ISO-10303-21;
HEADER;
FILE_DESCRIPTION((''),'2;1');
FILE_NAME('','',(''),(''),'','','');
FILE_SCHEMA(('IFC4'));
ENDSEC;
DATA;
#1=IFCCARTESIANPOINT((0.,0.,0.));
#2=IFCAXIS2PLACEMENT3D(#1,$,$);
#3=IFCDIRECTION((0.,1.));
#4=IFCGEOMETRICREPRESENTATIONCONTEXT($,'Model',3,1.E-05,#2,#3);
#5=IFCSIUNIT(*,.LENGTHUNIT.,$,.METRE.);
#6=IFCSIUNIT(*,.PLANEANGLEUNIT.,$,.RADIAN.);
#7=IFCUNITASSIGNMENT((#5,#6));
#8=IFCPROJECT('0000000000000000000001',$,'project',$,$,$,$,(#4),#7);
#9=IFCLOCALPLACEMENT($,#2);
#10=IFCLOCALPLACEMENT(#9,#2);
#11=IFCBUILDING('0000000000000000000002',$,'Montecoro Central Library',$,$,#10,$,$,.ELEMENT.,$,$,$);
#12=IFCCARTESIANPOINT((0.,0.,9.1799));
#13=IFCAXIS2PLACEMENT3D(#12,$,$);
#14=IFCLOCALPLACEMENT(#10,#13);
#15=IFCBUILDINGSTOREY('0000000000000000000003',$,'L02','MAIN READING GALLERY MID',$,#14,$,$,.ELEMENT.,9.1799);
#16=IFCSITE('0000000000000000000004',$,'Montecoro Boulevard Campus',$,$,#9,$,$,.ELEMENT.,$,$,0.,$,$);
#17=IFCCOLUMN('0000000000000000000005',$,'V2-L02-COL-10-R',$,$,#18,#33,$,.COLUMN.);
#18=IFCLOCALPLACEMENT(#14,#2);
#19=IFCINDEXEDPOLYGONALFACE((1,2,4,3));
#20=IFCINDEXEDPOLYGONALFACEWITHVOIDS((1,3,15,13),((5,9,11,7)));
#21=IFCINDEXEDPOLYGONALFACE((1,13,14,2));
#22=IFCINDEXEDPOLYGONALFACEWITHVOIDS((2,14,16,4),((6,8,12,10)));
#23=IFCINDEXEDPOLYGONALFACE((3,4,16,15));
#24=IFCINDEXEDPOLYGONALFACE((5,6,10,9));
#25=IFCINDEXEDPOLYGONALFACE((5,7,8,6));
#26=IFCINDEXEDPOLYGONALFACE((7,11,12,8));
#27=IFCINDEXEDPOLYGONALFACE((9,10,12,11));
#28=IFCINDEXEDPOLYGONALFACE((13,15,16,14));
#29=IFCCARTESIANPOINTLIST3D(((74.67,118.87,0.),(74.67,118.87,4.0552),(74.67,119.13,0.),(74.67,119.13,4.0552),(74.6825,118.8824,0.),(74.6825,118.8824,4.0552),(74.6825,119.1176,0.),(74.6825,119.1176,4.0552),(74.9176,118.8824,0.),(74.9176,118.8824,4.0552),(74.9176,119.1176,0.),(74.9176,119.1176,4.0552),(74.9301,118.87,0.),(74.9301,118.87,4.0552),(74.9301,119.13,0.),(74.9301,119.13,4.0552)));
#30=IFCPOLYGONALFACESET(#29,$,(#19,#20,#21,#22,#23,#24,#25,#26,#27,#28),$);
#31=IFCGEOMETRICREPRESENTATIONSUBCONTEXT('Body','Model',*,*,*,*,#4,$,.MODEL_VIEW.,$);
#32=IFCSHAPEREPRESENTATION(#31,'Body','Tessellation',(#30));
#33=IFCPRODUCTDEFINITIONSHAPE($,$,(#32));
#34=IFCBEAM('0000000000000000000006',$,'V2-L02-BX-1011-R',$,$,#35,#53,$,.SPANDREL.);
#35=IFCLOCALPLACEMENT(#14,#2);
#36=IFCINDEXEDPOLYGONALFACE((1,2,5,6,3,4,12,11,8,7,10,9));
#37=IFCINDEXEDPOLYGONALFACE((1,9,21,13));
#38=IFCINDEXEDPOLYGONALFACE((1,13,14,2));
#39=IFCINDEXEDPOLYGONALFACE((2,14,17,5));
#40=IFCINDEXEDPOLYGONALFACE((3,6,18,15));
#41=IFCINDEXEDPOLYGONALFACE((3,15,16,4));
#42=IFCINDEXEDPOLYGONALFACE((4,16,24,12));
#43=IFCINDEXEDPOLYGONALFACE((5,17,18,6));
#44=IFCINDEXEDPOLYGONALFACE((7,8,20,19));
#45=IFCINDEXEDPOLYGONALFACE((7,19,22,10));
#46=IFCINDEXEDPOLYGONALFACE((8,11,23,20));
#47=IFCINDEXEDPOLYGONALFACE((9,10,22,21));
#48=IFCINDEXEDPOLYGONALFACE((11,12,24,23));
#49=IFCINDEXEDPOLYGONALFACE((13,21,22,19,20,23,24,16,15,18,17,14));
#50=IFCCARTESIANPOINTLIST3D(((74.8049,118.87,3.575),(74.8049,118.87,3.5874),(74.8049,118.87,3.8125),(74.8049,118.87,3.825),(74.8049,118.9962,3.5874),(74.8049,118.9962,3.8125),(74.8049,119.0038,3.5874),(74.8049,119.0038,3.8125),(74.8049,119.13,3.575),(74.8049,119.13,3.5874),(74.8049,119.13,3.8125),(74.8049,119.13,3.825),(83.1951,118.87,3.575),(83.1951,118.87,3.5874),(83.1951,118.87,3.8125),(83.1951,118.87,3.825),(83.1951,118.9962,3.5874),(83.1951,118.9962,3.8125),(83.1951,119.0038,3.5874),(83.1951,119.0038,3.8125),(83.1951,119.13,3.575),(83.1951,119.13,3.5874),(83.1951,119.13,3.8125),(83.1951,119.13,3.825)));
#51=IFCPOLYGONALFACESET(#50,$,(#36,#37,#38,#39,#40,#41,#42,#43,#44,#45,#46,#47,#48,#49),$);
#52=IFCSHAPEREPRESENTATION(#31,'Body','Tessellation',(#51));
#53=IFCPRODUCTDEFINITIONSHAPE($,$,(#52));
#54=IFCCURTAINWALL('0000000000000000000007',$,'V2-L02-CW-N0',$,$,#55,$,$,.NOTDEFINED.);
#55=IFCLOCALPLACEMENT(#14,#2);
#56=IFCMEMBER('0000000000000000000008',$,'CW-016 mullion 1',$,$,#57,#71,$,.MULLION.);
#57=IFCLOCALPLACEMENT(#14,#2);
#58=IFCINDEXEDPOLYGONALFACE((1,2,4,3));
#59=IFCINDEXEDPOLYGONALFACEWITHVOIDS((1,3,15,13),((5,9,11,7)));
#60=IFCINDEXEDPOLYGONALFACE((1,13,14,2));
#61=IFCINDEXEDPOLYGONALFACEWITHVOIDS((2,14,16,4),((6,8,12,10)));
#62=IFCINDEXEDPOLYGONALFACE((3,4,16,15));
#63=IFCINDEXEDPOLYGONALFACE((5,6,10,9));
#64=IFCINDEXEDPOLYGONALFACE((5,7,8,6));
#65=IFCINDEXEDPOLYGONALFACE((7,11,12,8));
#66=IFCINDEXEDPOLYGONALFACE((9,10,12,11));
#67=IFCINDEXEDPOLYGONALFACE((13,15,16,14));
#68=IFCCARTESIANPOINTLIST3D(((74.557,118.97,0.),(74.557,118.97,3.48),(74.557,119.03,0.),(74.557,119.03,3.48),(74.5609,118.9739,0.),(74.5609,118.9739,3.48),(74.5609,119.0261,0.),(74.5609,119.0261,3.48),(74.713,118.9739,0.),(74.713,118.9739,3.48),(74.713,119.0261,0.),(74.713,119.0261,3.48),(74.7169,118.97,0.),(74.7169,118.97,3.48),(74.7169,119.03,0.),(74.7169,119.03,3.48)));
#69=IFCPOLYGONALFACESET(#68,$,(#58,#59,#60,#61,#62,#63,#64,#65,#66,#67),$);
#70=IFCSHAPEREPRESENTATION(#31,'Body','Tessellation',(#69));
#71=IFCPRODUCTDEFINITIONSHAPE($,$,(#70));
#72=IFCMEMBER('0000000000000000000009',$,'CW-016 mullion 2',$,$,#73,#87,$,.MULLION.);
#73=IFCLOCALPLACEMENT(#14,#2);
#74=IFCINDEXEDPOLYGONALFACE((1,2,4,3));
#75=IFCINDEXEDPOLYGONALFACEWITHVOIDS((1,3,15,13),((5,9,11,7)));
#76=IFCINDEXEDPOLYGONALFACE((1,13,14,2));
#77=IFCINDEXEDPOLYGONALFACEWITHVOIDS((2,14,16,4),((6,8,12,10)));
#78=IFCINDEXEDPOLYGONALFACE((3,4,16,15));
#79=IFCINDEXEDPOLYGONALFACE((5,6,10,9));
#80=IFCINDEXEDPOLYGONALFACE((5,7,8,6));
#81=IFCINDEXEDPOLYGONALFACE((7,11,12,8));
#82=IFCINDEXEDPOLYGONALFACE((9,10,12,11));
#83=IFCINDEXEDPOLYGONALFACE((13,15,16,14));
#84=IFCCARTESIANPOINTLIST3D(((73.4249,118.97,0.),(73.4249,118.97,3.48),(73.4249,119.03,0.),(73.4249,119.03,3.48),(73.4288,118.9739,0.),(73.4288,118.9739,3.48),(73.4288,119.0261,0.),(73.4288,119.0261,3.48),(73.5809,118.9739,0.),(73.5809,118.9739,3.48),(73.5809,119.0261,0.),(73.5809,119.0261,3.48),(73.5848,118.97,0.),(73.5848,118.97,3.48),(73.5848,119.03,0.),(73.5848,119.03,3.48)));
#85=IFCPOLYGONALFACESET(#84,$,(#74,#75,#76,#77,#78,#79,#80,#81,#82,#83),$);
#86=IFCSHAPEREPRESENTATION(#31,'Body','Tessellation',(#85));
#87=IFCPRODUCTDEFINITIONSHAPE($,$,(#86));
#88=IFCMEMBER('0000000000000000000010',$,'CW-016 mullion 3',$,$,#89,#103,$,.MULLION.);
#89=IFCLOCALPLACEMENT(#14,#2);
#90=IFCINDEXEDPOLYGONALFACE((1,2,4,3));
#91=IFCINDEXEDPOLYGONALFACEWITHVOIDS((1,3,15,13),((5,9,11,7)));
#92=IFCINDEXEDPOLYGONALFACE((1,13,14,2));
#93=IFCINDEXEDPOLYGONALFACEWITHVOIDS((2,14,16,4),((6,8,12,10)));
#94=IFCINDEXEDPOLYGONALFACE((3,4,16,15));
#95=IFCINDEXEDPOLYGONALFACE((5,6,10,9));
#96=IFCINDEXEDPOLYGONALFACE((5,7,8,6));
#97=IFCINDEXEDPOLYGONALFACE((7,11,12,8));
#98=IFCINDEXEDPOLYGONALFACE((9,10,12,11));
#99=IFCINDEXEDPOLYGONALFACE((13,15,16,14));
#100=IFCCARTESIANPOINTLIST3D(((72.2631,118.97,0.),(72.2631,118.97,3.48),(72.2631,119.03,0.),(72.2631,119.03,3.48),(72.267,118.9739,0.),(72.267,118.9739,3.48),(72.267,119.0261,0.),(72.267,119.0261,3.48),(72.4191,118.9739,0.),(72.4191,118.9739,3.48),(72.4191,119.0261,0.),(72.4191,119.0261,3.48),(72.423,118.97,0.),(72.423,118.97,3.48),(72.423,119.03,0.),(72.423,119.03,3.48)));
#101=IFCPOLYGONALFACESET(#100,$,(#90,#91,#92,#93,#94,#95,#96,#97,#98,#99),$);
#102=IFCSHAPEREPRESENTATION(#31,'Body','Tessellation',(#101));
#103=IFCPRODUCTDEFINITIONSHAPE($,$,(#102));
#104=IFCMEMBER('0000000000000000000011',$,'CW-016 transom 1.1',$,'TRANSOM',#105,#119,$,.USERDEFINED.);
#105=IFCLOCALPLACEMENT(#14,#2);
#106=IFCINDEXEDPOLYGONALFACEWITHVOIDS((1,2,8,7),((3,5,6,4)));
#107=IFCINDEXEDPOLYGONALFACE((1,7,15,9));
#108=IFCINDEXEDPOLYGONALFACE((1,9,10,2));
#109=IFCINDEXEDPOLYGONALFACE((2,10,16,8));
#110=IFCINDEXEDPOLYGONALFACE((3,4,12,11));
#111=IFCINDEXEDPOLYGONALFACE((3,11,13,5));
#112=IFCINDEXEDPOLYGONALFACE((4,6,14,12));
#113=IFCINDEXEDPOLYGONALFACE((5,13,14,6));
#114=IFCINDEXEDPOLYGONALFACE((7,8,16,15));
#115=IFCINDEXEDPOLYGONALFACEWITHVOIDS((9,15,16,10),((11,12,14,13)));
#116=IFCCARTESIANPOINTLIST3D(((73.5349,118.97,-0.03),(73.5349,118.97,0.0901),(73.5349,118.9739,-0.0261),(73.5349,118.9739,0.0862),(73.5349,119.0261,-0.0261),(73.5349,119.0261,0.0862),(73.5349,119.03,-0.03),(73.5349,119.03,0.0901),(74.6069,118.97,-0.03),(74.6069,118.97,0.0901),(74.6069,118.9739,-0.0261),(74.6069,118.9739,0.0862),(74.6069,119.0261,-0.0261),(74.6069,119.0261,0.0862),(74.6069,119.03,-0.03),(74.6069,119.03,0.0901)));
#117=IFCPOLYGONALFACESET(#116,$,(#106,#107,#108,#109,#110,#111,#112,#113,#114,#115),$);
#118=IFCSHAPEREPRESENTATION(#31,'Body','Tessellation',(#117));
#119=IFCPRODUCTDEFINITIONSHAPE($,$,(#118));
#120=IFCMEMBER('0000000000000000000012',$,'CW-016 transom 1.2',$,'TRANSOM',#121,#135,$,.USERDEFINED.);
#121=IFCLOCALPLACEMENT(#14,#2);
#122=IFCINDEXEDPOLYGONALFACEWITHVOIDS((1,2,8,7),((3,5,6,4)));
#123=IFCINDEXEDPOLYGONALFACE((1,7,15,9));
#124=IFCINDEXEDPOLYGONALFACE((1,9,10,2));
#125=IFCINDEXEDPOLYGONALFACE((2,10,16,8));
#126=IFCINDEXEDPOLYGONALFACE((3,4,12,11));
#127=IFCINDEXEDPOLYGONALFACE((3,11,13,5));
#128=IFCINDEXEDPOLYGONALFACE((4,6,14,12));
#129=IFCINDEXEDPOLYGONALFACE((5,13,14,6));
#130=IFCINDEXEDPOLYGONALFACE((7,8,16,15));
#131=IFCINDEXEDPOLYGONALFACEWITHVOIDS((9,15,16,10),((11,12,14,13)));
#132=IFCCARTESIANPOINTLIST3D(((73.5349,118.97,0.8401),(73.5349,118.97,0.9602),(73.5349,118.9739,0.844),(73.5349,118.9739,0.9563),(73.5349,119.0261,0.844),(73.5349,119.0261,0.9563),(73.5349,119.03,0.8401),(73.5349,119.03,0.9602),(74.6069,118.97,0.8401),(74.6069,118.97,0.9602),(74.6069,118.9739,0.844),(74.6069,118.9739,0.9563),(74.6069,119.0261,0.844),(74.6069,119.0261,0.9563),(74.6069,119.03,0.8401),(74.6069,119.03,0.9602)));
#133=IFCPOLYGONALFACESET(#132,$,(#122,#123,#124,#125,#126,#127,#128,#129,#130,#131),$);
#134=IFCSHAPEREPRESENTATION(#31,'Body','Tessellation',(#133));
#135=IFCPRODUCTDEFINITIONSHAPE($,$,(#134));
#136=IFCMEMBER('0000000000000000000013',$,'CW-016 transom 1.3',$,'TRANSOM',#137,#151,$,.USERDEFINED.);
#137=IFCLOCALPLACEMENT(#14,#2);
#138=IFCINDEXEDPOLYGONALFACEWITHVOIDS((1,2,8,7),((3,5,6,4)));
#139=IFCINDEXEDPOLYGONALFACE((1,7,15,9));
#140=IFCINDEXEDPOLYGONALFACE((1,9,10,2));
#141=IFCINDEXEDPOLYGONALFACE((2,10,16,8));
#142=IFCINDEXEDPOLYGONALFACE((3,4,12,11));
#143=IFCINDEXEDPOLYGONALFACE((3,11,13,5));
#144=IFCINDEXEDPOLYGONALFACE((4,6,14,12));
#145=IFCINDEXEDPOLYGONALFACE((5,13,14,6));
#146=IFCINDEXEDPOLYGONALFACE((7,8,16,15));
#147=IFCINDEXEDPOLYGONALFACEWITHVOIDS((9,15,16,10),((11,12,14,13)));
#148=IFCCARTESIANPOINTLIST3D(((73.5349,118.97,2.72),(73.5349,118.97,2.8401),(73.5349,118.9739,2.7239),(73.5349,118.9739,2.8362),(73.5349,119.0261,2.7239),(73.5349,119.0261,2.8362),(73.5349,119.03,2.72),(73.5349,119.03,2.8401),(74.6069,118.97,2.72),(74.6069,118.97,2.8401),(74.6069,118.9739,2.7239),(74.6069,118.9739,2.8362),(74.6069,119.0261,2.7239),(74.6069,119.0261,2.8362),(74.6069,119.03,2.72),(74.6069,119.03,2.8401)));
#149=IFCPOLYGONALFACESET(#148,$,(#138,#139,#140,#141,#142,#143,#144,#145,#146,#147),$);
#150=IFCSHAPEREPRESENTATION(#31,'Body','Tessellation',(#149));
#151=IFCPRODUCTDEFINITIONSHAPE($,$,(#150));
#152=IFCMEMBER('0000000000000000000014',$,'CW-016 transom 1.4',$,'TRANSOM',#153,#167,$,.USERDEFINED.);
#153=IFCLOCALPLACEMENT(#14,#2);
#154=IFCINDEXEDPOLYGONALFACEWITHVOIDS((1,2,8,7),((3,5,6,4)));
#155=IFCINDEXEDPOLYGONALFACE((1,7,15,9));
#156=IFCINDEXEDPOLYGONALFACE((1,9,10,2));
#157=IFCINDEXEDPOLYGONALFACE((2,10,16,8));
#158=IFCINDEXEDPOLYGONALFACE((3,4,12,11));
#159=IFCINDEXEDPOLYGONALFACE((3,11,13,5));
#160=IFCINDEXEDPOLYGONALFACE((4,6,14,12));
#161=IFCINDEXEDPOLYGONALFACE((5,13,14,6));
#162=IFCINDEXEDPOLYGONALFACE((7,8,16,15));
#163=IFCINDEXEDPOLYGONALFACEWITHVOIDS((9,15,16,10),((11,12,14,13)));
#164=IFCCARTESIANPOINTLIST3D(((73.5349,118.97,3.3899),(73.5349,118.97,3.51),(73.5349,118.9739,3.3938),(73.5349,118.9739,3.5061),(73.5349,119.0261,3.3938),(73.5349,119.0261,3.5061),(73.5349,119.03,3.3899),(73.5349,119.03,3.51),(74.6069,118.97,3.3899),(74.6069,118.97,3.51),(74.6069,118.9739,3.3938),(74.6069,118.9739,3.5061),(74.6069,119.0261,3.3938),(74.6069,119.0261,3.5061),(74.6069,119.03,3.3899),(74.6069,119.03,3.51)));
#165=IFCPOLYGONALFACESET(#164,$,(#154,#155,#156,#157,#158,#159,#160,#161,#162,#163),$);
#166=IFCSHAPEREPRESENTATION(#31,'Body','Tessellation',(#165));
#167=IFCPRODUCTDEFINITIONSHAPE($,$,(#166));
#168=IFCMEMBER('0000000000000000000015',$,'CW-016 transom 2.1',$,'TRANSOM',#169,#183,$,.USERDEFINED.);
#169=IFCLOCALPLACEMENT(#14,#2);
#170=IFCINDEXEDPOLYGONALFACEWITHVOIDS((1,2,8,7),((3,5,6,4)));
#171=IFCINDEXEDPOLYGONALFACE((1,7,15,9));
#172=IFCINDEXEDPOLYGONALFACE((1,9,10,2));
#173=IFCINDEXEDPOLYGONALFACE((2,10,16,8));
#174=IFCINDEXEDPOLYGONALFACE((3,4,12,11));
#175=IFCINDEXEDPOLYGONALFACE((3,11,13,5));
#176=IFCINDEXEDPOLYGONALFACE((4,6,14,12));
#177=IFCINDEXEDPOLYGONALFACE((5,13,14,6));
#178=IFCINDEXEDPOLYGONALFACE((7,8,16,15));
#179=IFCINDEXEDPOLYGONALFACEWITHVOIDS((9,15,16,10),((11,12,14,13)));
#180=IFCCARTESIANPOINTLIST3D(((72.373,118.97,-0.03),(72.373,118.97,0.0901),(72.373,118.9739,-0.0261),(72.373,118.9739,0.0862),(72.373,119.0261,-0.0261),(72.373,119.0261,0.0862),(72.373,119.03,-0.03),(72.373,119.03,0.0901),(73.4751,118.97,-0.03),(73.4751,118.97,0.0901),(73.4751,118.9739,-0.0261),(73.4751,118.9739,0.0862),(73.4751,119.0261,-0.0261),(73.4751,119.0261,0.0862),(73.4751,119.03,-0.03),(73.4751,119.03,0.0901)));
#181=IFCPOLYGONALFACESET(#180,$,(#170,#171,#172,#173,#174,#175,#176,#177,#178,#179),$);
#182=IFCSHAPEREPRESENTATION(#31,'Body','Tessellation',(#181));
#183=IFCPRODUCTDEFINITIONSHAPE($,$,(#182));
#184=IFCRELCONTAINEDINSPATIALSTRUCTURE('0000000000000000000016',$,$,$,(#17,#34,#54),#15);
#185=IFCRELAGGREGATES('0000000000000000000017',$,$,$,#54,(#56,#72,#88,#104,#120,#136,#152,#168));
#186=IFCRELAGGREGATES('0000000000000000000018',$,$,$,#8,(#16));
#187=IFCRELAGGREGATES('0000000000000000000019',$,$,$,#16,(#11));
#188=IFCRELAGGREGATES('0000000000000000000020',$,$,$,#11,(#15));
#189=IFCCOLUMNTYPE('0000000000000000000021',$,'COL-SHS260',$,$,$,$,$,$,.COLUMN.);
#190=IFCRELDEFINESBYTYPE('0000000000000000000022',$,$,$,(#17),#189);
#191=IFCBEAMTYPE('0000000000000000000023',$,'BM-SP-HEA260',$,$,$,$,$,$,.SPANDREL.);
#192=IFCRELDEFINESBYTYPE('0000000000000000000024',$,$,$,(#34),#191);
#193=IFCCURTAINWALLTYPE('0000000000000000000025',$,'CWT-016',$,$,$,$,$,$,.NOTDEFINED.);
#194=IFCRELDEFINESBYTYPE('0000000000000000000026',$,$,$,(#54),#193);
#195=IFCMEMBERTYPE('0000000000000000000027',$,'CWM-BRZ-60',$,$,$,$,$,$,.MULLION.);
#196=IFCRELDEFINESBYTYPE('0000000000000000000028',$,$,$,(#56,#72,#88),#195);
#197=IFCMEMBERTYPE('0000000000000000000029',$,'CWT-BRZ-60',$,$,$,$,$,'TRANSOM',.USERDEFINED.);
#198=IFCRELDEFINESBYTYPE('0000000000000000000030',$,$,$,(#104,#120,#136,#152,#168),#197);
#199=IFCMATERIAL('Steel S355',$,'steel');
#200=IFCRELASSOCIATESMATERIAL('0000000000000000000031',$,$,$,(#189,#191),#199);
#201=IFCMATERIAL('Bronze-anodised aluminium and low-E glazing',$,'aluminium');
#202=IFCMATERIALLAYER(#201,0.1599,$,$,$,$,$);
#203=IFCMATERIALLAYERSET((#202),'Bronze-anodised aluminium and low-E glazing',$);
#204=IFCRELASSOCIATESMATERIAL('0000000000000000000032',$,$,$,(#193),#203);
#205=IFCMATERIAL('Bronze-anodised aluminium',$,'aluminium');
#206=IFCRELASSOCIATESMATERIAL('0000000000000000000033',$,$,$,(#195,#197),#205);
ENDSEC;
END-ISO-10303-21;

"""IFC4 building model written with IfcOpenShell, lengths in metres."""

from ifc_helpers import new_model, si_unit, direction, frame, origin, origin_2d, place, context, subcontext, project, spatial, hollow_rectangle, i_section, extrude, material, layer, layer_set, material_profile, profile_set, type_object, element, aggregate, save


model = new_model("IFC4")

# Units and contexts
model_context = context("Model", 3, precision=1e-05, world=origin(), true_north=direction((0.0, 1.0)))
body_context = subcontext(model_context, "Body", "Model", "MODEL_VIEW")
ifc_project = project(units=[si_unit("LENGTHUNIT", "METRE"), si_unit("PLANEANGLEUNIT", "RADIAN")], contexts=[model_context])

# Site, building, storey
site_placement = place(None, origin())
site = spatial("IfcSite", under=ifc_project, at=site_placement, Name="Montecoro Boulevard Campus", CompositionType="ELEMENT", RefElevation=0.0)
building_placement = place(site_placement, origin())
building = spatial("IfcBuilding", under=site, at=building_placement, Name="Montecoro Central Library", CompositionType="ELEMENT")
storey_placement = place(building_placement, frame((0.0, 0.0, 9.1799)))
storey = spatial("IfcBuildingStorey", under=building, at=storey_placement, Name="L02", Description="MAIN READING GALLERY MID", CompositionType="ELEMENT", Elevation=9.1799)

# Column
ifc_material_1 = material(Name="Steel S355", Category="steel")
ifc_material_profile_1 = material_profile(ifc_material_1, hollow_rectangle(XDim=0.26, YDim=0.26, WallThickness=0.0125, at=origin_2d()), Name="SHS 260x260x12.5")
ifc_profile_set_1 = profile_set([ifc_material_profile_1], Name="Steel S355")
column_type = type_object("IfcColumnType", Name="COL-SHS260", PredefinedType="COLUMN", material=ifc_profile_set_1)
column_placement = place(storey_placement, frame((74.8, 119.0, 0.0), z_axis=(0.0, 0.0, 1.0), x_axis=(1.0, 0.0, 0.0)))
element("IfcColumn", 1, at=column_placement, inside=storey, type_object=column_type, Name="V2-L02-COL-10-R", PredefinedType="COLUMN", context=body_context, shape_type="SweptSolid", body=[
    extrude(hollow_rectangle(XDim=0.26, YDim=0.26, WallThickness=0.0125, at=origin_2d()), origin(), (0.0, 0.0, 1.0), 4.0552),
])

# Beam
ifc_material_profile_2 = material_profile(ifc_material_1, i_section(OverallWidth=0.26, OverallDepth=0.25, WebThickness=0.0076, FlangeThickness=0.0125, at=origin_2d()), Name="HEA 260")
ifc_profile_set_2 = profile_set([ifc_material_profile_2], Name="Steel S355")
beam_type = type_object("IfcBeamType", Name="BM-SP-HEA260", PredefinedType="SPANDREL", material=ifc_profile_set_2)
beam_placement = place(storey_placement, frame((74.8049, 119.0, 3.7), z_axis=(1.0, 0.0, 0.0), x_axis=(0.0, 1.0, 0.0)))
element("IfcBeam", 2, at=beam_placement, inside=storey, type_object=beam_type, Name="V2-L02-BX-1011-R", PredefinedType="SPANDREL", context=body_context, shape_type="SweptSolid", body=[
    extrude(i_section(OverallWidth=0.26, OverallDepth=0.25, WebThickness=0.0076, FlangeThickness=0.0125, at=origin_2d()), origin(), (0.0, 0.0, 1.0), 8.3901),
])

# Curtain wall, members
ifc_material_2 = material(Name="Bronze-anodised aluminium and low-E glazing", Category="aluminium")
ifc_layer_1 = layer(ifc_material_2, 0.1599)
ifc_layer_set_1 = layer_set([ifc_layer_1], Name="Bronze-anodised aluminium and low-E glazing")
curtain_wall_type = type_object("IfcCurtainWallType", Name="CWT-016", PredefinedType="NOTDEFINED", material=ifc_layer_set_1)
curtain_wall_placement = place(storey_placement, origin())
curtain_wall = element("IfcCurtainWall", 3, at=curtain_wall_placement, inside=storey, type_object=curtain_wall_type, Name="V2-L02-CW-N0", PredefinedType="NOTDEFINED")
ifc_material_3 = material(Name="Bronze-anodised aluminium", Category="aluminium")
ifc_material_profile_3 = material_profile(ifc_material_3, hollow_rectangle(XDim=0.0601, YDim=0.1599, WallThickness=0.0039, at=origin_2d()), Name="CWM 160x60x4.0")
ifc_profile_set_3 = profile_set([ifc_material_profile_3], Name="Bronze-anodised aluminium")
member_type_1 = type_object("IfcMemberType", Name="CWM-BRZ-60", PredefinedType="MULLION", material=ifc_profile_set_3)
member_1_placement = place(storey_placement, frame((74.637, 119.0, 0.0), z_axis=(0.0, 0.0, 1.0), x_axis=(0.0, -1.0, 0.0)))
member_1 = element("IfcMember", 4, at=member_1_placement, type_object=member_type_1, Name="CW-016 mullion 1", PredefinedType="MULLION", context=body_context, shape_type="SweptSolid", body=[
    extrude(hollow_rectangle(XDim=0.0601, YDim=0.1599, WallThickness=0.0039, at=origin_2d()), origin(), (0.0, 0.0, 1.0), 3.48),
])
member_2_placement = place(storey_placement, frame((73.5049, 119.0, 0.0), z_axis=(0.0, 0.0, 1.0), x_axis=(0.0, -1.0, 0.0)))
member_2 = element("IfcMember", 5, at=member_2_placement, type_object=member_type_1, Name="CW-016 mullion 2", PredefinedType="MULLION", context=body_context, shape_type="SweptSolid", body=[
    extrude(hollow_rectangle(XDim=0.0601, YDim=0.1599, WallThickness=0.0039, at=origin_2d()), origin(), (0.0, 0.0, 1.0), 3.48),
])
member_3_placement = place(storey_placement, frame((72.343, 119.0, 0.0), z_axis=(0.0, 0.0, 1.0), x_axis=(0.0, -1.0, 0.0)))
member_3 = element("IfcMember", 6, at=member_3_placement, type_object=member_type_1, Name="CW-016 mullion 3", PredefinedType="MULLION", context=body_context, shape_type="SweptSolid", body=[
    extrude(hollow_rectangle(XDim=0.0601, YDim=0.1599, WallThickness=0.0039, at=origin_2d()), origin(), (0.0, 0.0, 1.0), 3.48),
])
ifc_material_profile_4 = material_profile(ifc_material_3, hollow_rectangle(XDim=0.0601, YDim=0.1201, WallThickness=0.0039, at=origin_2d()), Name="CWT 120x60x4.0")
ifc_profile_set_4 = profile_set([ifc_material_profile_4], Name="Bronze-anodised aluminium")
member_type_2 = type_object("IfcMemberType", Name="CWT-BRZ-60", ElementType="TRANSOM", PredefinedType="USERDEFINED", material=ifc_profile_set_4)
member_4_placement = place(storey_placement, frame((74.6069, 119.0, 0.03), z_axis=(-1.0, 0.0, 0.0), x_axis=(0.0, -1.0, 0.0)))
member_4 = element("IfcMember", 7, at=member_4_placement, type_object=member_type_2, Name="CW-016 transom 1.1", ObjectType="TRANSOM", PredefinedType="USERDEFINED", context=body_context, shape_type="SweptSolid", body=[
    extrude(hollow_rectangle(XDim=0.0601, YDim=0.1201, WallThickness=0.0039, at=origin_2d()), origin(), (0.0, 0.0, 1.0), 1.072),
])
member_5_placement = place(storey_placement, frame((74.6069, 119.0, 0.9001), z_axis=(-1.0, 0.0, 0.0), x_axis=(0.0, -1.0, 0.0)))
member_5 = element("IfcMember", 8, at=member_5_placement, type_object=member_type_2, Name="CW-016 transom 1.2", ObjectType="TRANSOM", PredefinedType="USERDEFINED", context=body_context, shape_type="SweptSolid", body=[
    extrude(hollow_rectangle(XDim=0.0601, YDim=0.1201, WallThickness=0.0039, at=origin_2d()), origin(), (0.0, 0.0, 1.0), 1.072),
])
member_6_placement = place(storey_placement, frame((74.6069, 119.0, 2.78), z_axis=(-1.0, 0.0, 0.0), x_axis=(0.0, -1.0, 0.0)))
member_6 = element("IfcMember", 9, at=member_6_placement, type_object=member_type_2, Name="CW-016 transom 1.3", ObjectType="TRANSOM", PredefinedType="USERDEFINED", context=body_context, shape_type="SweptSolid", body=[
    extrude(hollow_rectangle(XDim=0.0601, YDim=0.1201, WallThickness=0.0039, at=origin_2d()), origin(), (0.0, 0.0, 1.0), 1.072),
])
member_7_placement = place(storey_placement, frame((74.6069, 119.0, 3.45), z_axis=(-1.0, 0.0, 0.0), x_axis=(0.0, -1.0, 0.0)))
member_7 = element("IfcMember", 10, at=member_7_placement, type_object=member_type_2, Name="CW-016 transom 1.4", ObjectType="TRANSOM", PredefinedType="USERDEFINED", context=body_context, shape_type="SweptSolid", body=[
    extrude(hollow_rectangle(XDim=0.0601, YDim=0.1201, WallThickness=0.0039, at=origin_2d()), origin(), (0.0, 0.0, 1.0), 1.072),
])
member_8_placement = place(storey_placement, frame((73.4751, 119.0, 0.03), z_axis=(-1.0, 0.0, 0.0), x_axis=(0.0, -1.0, 0.0)))
member_8 = element("IfcMember", 11, at=member_8_placement, type_object=member_type_2, Name="CW-016 transom 2.1", ObjectType="TRANSOM", PredefinedType="USERDEFINED", context=body_context, shape_type="SweptSolid", body=[
    extrude(hollow_rectangle(XDim=0.0601, YDim=0.1201, WallThickness=0.0039, at=origin_2d()), origin(), (0.0, 0.0, 1.0), 1.1021),
])

aggregate(curtain_wall, [member_1, member_2, member_3, member_4, member_5, member_6, member_7, member_8])

save(model, "model.ifc")
